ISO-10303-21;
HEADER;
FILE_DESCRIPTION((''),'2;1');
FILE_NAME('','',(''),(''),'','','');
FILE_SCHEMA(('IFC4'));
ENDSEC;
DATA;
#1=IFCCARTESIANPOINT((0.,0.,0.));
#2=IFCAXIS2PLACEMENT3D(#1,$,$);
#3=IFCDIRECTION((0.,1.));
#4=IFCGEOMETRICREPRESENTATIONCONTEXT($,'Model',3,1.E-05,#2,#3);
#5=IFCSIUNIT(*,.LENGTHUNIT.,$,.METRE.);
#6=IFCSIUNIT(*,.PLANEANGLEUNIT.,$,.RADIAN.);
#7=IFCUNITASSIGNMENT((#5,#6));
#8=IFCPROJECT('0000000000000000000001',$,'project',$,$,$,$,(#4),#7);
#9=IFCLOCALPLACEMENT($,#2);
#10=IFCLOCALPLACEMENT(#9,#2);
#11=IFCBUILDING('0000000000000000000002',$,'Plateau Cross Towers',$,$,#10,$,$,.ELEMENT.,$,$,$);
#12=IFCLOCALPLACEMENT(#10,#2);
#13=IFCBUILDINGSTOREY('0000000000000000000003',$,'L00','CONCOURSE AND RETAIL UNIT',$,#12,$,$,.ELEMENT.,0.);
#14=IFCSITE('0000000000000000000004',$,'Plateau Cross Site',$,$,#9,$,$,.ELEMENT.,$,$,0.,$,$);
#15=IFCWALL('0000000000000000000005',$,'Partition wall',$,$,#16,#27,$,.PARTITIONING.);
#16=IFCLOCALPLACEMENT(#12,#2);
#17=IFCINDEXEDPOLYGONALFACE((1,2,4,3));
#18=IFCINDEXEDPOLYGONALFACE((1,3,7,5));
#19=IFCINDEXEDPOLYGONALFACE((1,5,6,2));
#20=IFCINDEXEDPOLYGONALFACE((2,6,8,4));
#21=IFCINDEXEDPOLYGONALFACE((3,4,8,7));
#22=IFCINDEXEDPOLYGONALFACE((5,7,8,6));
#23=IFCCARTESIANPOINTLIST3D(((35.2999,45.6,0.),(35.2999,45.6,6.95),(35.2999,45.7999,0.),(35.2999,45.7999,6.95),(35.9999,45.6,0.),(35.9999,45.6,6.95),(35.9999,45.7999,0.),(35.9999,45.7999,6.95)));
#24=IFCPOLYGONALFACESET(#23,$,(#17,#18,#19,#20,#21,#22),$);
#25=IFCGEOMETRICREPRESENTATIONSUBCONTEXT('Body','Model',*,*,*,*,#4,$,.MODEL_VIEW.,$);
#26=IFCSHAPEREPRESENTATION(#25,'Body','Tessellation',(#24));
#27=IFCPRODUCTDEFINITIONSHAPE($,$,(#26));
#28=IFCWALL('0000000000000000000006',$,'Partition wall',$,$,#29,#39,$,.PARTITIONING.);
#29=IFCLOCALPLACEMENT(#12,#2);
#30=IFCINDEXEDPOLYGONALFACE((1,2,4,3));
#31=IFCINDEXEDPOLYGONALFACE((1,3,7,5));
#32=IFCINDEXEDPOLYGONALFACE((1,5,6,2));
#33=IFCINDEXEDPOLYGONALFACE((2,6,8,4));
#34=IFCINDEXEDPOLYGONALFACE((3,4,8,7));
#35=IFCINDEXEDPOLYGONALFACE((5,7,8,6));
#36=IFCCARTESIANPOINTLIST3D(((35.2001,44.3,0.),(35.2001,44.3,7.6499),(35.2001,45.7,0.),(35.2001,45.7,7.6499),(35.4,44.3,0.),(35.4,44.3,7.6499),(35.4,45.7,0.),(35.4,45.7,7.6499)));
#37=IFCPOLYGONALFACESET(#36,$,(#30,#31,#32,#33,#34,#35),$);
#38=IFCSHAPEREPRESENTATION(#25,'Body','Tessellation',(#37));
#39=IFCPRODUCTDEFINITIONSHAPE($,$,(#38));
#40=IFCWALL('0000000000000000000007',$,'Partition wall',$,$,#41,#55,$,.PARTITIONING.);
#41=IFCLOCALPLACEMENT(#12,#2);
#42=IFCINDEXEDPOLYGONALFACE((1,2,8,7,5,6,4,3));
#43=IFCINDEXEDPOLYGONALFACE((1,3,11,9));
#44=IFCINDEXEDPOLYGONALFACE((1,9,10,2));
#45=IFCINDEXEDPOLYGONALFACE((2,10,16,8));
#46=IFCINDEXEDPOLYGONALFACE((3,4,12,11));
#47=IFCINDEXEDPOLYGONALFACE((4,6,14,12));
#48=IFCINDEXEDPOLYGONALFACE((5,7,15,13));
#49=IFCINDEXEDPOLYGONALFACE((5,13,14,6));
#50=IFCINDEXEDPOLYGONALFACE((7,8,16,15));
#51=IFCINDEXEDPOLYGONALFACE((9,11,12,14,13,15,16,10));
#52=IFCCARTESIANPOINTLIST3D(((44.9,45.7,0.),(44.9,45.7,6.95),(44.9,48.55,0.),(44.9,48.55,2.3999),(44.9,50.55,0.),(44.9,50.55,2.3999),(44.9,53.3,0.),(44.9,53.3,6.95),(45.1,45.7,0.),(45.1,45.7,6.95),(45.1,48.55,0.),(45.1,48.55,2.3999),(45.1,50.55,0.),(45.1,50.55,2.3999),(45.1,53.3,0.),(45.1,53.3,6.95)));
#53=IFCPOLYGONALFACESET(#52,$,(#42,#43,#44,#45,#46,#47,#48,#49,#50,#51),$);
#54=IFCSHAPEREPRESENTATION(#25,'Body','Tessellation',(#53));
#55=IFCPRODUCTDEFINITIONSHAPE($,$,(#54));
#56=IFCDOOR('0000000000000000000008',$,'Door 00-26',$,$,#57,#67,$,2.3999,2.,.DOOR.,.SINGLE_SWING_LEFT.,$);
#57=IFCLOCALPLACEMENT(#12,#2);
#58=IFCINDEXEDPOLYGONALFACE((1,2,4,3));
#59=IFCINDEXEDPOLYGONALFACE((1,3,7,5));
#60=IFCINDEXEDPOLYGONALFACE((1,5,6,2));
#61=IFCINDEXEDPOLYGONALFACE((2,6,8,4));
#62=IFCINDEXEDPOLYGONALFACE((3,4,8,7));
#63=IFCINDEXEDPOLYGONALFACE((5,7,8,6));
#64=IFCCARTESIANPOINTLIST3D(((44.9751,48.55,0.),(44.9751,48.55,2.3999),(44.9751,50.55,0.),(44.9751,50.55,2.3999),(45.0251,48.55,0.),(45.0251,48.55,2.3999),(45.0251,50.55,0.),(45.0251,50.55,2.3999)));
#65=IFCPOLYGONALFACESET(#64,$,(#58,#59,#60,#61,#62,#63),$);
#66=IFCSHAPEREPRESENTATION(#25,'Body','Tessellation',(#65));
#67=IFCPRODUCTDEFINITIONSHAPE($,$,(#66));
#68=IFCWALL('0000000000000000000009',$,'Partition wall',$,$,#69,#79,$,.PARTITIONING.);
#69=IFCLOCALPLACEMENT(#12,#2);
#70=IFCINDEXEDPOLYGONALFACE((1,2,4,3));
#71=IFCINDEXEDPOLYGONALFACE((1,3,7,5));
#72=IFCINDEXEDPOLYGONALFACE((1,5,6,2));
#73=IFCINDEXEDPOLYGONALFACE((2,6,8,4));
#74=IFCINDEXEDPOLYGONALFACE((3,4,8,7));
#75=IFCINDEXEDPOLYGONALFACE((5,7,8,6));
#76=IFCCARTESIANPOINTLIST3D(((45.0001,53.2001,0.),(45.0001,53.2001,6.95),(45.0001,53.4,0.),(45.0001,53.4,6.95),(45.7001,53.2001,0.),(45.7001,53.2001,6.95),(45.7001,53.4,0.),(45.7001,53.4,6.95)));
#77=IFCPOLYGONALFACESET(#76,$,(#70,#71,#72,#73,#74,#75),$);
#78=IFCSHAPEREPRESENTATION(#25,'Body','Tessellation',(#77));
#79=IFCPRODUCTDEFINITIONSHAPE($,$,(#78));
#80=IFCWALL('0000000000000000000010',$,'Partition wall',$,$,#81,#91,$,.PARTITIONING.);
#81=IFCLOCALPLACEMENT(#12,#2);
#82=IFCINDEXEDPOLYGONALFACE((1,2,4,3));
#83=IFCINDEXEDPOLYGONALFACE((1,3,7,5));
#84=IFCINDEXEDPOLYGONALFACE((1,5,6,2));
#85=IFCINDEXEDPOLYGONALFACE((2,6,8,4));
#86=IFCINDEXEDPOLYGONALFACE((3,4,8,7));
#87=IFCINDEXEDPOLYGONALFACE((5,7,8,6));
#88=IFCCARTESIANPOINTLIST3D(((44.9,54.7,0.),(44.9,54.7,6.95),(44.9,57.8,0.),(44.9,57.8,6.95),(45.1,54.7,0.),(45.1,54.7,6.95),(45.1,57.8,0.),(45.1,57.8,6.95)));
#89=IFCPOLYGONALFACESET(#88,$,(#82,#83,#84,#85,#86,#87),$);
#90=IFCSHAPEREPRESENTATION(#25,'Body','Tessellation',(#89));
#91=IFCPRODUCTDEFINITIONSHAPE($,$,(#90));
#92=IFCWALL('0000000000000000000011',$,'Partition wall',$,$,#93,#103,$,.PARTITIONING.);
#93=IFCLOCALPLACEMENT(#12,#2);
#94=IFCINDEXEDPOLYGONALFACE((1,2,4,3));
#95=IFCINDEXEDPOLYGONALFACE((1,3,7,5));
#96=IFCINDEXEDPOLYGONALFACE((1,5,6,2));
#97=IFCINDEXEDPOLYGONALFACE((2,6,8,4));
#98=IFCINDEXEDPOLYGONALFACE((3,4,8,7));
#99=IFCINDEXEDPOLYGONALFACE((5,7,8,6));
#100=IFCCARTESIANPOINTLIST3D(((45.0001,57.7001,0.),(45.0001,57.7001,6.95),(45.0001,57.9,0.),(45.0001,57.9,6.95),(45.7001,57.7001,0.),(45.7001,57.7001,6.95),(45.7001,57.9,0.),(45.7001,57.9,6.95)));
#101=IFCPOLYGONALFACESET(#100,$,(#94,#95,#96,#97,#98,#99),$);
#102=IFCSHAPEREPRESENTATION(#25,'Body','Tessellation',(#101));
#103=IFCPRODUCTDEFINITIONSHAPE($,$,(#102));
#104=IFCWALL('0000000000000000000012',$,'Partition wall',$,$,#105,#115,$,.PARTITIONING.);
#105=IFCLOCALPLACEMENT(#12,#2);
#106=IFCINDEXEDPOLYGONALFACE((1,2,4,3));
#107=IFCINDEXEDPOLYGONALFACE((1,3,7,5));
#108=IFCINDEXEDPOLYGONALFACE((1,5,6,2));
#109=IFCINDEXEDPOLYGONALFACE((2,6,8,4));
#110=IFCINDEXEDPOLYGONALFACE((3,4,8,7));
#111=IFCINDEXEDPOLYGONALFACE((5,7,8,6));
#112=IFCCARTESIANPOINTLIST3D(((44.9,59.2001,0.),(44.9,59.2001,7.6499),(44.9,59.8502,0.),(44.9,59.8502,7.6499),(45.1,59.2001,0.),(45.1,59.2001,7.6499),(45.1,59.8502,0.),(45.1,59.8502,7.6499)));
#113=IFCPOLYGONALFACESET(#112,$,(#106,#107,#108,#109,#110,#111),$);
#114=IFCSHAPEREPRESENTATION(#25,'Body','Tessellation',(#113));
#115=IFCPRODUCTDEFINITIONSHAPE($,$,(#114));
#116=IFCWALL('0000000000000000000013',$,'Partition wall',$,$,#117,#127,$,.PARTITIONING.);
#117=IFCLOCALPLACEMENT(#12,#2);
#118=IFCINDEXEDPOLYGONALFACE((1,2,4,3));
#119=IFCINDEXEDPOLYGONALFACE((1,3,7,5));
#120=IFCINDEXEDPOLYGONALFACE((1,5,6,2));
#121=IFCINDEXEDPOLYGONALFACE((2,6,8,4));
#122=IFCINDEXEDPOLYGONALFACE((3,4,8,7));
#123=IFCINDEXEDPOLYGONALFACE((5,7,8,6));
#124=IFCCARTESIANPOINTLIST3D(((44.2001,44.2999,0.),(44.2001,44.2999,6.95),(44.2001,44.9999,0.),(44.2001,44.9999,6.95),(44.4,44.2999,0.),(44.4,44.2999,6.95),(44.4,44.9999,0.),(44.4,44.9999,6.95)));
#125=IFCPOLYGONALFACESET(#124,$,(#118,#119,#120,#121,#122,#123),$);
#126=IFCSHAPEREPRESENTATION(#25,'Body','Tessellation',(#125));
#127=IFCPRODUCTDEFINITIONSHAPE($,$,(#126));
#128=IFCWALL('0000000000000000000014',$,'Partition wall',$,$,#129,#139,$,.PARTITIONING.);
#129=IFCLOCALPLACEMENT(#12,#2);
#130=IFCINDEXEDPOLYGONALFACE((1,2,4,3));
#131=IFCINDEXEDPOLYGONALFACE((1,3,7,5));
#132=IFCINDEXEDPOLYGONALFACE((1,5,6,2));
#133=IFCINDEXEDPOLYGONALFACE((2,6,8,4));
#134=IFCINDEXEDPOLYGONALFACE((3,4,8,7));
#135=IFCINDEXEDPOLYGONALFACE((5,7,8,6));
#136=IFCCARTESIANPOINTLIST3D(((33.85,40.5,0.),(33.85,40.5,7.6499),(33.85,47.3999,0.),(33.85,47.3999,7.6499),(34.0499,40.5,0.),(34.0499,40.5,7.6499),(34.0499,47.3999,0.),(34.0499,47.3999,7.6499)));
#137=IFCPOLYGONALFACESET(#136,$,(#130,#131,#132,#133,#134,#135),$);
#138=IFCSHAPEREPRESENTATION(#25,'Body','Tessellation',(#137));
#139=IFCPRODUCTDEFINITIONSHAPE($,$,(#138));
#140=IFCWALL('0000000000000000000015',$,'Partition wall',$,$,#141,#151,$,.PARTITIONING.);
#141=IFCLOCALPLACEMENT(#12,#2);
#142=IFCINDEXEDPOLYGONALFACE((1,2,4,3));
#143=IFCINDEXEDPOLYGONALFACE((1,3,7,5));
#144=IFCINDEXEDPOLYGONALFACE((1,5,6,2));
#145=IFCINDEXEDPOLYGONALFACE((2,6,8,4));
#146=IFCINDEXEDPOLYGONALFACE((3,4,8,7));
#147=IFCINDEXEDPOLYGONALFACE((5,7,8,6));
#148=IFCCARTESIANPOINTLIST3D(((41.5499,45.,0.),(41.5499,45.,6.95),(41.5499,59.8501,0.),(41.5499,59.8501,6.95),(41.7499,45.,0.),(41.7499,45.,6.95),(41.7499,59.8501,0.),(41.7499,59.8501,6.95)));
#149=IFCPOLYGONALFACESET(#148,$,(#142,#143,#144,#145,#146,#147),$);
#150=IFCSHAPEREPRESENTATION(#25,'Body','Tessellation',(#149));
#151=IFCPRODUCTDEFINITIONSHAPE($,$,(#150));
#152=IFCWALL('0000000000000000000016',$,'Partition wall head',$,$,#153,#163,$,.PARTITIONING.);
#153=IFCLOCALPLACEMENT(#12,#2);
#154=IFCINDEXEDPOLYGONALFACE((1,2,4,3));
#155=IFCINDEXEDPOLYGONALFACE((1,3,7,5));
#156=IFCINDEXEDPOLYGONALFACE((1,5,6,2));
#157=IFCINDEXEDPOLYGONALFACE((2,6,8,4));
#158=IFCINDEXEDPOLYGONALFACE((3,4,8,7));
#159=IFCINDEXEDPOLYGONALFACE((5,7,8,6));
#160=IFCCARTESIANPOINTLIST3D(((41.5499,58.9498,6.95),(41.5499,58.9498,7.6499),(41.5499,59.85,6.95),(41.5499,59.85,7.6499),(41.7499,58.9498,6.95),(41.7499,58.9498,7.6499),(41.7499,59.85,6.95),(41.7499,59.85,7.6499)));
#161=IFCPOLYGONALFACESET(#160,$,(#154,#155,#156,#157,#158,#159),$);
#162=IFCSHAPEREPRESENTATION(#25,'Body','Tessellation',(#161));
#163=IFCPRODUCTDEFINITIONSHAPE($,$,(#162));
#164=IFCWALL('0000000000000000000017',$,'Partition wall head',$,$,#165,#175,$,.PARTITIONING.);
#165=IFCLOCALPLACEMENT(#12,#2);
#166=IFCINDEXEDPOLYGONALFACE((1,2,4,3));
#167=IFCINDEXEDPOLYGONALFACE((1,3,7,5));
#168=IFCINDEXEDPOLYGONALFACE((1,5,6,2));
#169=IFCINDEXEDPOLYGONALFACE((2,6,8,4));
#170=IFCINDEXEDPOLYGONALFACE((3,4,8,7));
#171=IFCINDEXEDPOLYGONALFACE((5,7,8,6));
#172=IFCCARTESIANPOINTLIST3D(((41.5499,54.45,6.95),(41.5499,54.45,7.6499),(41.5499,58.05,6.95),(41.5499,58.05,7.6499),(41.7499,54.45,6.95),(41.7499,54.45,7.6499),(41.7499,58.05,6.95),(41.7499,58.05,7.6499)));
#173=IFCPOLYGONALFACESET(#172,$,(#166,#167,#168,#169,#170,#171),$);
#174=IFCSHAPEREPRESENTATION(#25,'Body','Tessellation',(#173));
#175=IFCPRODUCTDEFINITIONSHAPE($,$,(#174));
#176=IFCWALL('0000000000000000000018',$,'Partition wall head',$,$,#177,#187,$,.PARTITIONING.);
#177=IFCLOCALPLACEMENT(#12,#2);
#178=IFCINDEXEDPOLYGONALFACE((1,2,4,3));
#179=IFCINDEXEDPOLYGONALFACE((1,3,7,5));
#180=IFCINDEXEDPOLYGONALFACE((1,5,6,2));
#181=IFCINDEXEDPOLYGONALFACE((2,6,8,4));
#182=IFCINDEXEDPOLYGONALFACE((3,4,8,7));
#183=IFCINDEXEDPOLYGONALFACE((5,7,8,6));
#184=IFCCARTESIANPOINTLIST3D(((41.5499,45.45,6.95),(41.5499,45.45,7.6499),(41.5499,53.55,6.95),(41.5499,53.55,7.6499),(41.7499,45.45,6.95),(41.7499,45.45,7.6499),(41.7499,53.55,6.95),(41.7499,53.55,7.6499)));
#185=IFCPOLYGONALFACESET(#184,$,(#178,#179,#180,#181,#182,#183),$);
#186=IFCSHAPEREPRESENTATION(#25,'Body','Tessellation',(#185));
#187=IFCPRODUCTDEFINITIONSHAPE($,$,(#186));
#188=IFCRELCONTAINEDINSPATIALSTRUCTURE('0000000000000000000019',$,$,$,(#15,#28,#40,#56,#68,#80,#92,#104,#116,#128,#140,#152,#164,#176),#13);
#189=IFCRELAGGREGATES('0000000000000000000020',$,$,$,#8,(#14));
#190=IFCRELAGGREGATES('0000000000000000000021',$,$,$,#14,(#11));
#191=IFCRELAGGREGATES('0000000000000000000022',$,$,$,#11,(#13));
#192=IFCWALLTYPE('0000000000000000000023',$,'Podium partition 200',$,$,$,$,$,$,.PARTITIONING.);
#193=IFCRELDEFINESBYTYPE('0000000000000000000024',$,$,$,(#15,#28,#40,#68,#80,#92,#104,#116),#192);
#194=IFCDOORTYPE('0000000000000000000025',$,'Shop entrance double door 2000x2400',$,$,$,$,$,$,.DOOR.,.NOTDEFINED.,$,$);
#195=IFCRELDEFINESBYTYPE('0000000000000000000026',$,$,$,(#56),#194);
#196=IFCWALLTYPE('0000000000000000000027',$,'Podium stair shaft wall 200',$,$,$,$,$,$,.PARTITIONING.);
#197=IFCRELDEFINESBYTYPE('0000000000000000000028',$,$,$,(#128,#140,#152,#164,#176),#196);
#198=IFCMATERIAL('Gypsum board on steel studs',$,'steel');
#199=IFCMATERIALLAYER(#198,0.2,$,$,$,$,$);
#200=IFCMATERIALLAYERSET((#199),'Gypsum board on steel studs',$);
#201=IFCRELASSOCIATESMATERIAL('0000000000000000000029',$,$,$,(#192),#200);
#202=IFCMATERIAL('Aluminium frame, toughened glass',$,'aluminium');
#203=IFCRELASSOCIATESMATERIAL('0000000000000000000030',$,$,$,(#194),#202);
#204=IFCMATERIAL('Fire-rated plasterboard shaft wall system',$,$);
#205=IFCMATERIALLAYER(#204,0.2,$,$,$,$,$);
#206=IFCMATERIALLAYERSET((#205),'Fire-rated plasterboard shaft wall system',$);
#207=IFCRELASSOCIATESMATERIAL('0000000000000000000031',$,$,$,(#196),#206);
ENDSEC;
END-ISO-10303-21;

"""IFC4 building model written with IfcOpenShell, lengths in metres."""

from ifc_helpers import new_model, si_unit, direction, frame, frame_2d, origin, place, context, subcontext, project, spatial, rectangle, extrude, material, layer, layer_set, type_object, element, fill, save


model = new_model("IFC4")

# Units and contexts
model_context = context("Model", 3, precision=1e-05, world=origin(), true_north=direction((0.0, 1.0)))
body_context = subcontext(model_context, "Body", "Model", "MODEL_VIEW")
ifc_project = project(units=[si_unit("LENGTHUNIT", "METRE"), si_unit("PLANEANGLEUNIT", "RADIAN")], contexts=[model_context])

# Site, building, storey
site_placement = place(None, origin())
site = spatial("IfcSite", under=ifc_project, at=site_placement, Name="Plateau Cross Site", CompositionType="ELEMENT", RefElevation=0.0)
building_placement = place(site_placement, origin())
building = spatial("IfcBuilding", under=site, at=building_placement, Name="Plateau Cross Towers", CompositionType="ELEMENT")
storey_placement = place(building_placement, origin())
storey = spatial("IfcBuildingStorey", under=building, at=storey_placement, Name="L00", Description="CONCOURSE AND RETAIL UNIT", CompositionType="ELEMENT", Elevation=0.0)

# Shared definitions
ifc_material_1 = material(Name="Gypsum board on steel studs", Category="steel")
ifc_layer_1 = layer(ifc_material_1, 0.2)
ifc_layer_set_1 = layer_set([ifc_layer_1], Name="Gypsum board on steel studs")
wall_type_1 = type_object("IfcWallType", Name="Podium partition 200", PredefinedType="PARTITIONING", material=ifc_layer_set_1)

# Shared definitions
ifc_material_2 = material(Name="Aluminium frame, toughened glass", Category="aluminium")
door_type = type_object("IfcDoorType", Name="Shop entrance double door 2000x2400", OperationType="NOTDEFINED", PredefinedType="DOOR", material=ifc_material_2)

# Walls
wall_1_placement = place(storey_placement, frame((36.0, 45.7, 0.0), z_axis=(0.0, 0.0, 1.0), x_axis=(-1.0, 0.0, 0.0)))
element("IfcWall", 1, at=wall_1_placement, inside=storey, type_object=wall_type_1, Name="Partition wall", PredefinedType="PARTITIONING", context=body_context, shape_type="SweptSolid", body=[
    extrude(rectangle(XDim=0.7, YDim=0.2, at=frame_2d((0.3501, 0.0))), origin(), (0.0, 0.0, 1.0), 6.95),
])
wall_2_placement = place(storey_placement, frame((35.3, 45.7, 0.0), z_axis=(0.0, 0.0, 1.0), x_axis=(0.0, -1.0, 0.0)))
element("IfcWall", 2, at=wall_2_placement, inside=storey, type_object=wall_type_1, Name="Partition wall", PredefinedType="PARTITIONING", context=body_context, shape_type="SweptSolid", body=[
    extrude(rectangle(XDim=1.3999, YDim=0.2, at=frame_2d((0.7, 0.0))), origin(), (0.0, 0.0, 1.0), 7.6499),
])

# Wall, opening, door
wall_3_placement = place(storey_placement, frame((45.0, 45.7, 0.0), z_axis=(0.0, 0.0, 1.0), x_axis=(0.0, 1.0, 0.0)))
wall_3 = element("IfcWall", 3, at=wall_3_placement, inside=storey, type_object=wall_type_1, Name="Partition wall", PredefinedType="PARTITIONING", context=body_context, shape_type="SweptSolid", body=[
    extrude(rectangle(XDim=7.6001, YDim=0.2, at=frame_2d((3.8, 0.0))), origin(), (0.0, 0.0, 1.0), 6.95),
])
opening_1_placement = place(wall_3_placement, frame((2.8501, 0.0, 0.0)))
opening_1 = element("IfcOpeningElement", 4, at=opening_1_placement, cuts=wall_3, PredefinedType="OPENING", context=body_context, shape_type="SweptSolid", body=[
    extrude(rectangle(XDim=2.0, YDim=2.3999, at=frame_2d((1.0, 1.2))), frame((0.0, 0.1099, 0.0), z_axis=(0.0, -1.0, 0.0), x_axis=(1.0, 0.0, 0.0)), (0.0, 0.0, 1.0), 0.22),
])
door_1_placement = place(opening_1_placement, origin())
door_1 = element("IfcDoor", 5, at=door_1_placement, inside=storey, type_object=door_type, Name="Door 00-26", OperationType="SINGLE_SWING_LEFT", OverallHeight=2.3999, OverallWidth=2.0, PredefinedType="DOOR", context=body_context, shape_type="SweptSolid", body=[
    extrude(rectangle(XDim=2.0, YDim=2.3999, at=frame_2d((1.0, 1.2))), frame((0.0, 0.0249, 0.0), z_axis=(0.0, -1.0, 0.0), x_axis=(1.0, 0.0, 0.0)), (0.0, 0.0, 1.0), 0.05),
])
fill(opening_1, door_1)

# Walls
wall_4_placement = place(storey_placement, frame((45.0, 53.3, 0.0), z_axis=(0.0, 0.0, 1.0), x_axis=(1.0, 0.0, 0.0)))
element("IfcWall", 6, at=wall_4_placement, inside=storey, type_object=wall_type_1, Name="Partition wall", PredefinedType="PARTITIONING", context=body_context, shape_type="SweptSolid", body=[
    extrude(rectangle(XDim=0.7, YDim=0.2, at=frame_2d((0.3501, 0.0))), origin(), (0.0, 0.0, 1.0), 6.95),
])
wall_5_placement = place(storey_placement, frame((45.0, 54.7, 0.0), z_axis=(0.0, 0.0, 1.0), x_axis=(0.0, 1.0, 0.0)))
element("IfcWall", 7, at=wall_5_placement, inside=storey, type_object=wall_type_1, Name="Partition wall", PredefinedType="PARTITIONING", context=body_context, shape_type="SweptSolid", body=[
    extrude(rectangle(XDim=3.1001, YDim=0.2, at=frame_2d((1.55, 0.0))), origin(), (0.0, 0.0, 1.0), 6.95),
])
wall_6_placement = place(storey_placement, frame((45.0, 57.8, 0.0), z_axis=(0.0, 0.0, 1.0), x_axis=(1.0, 0.0, 0.0)))
element("IfcWall", 8, at=wall_6_placement, inside=storey, type_object=wall_type_1, Name="Partition wall", PredefinedType="PARTITIONING", context=body_context, shape_type="SweptSolid", body=[
    extrude(rectangle(XDim=0.7, YDim=0.2, at=frame_2d((0.3501, 0.0))), origin(), (0.0, 0.0, 1.0), 6.95),
])
wall_7_placement = place(storey_placement, frame((45.0, 59.2, 0.0), z_axis=(0.0, 0.0, 1.0), x_axis=(0.0, 1.0, 0.0)))
element("IfcWall", 9, at=wall_7_placement, inside=storey, type_object=wall_type_1, Name="Partition wall", PredefinedType="PARTITIONING", context=body_context, shape_type="SweptSolid", body=[
    extrude(rectangle(XDim=0.6501, YDim=0.2, at=frame_2d((0.3252, 0.0))), origin(), (0.0, 0.0, 1.0), 7.6499),
])
wall_8_placement = place(storey_placement, frame((44.3, 45.0, 0.0), z_axis=(0.0, 0.0, 1.0), x_axis=(0.0, -1.0, 0.0)))
element("IfcWall", 10, at=wall_8_placement, inside=storey, type_object=wall_type_1, Name="Partition wall", PredefinedType="PARTITIONING", context=body_context, shape_type="SweptSolid", body=[
    extrude(rectangle(XDim=0.7, YDim=0.2, at=frame_2d((0.3501, 0.0))), origin(), (0.0, 0.0, 1.0), 6.95),
])
ifc_material_3 = material(Name="Fire-rated plasterboard shaft wall system")
ifc_layer_2 = layer(ifc_material_3, 0.2)
ifc_layer_set_2 = layer_set([ifc_layer_2], Name="Fire-rated plasterboard shaft wall system")
wall_type_2 = type_object("IfcWallType", Name="Podium stair shaft wall 200", PredefinedType="PARTITIONING", material=ifc_layer_set_2)
wall_9_placement = place(storey_placement, frame((33.95, 47.3999, 0.0), z_axis=(0.0, 0.0, 1.0), x_axis=(0.0, -1.0, 0.0)))
element("IfcWall", 11, at=wall_9_placement, inside=storey, type_object=wall_type_2, Name="Partition wall", PredefinedType="PARTITIONING", context=body_context, shape_type="SweptSolid", body=[
    extrude(rectangle(XDim=6.8999, YDim=0.2, at=frame_2d((3.45, 0.0))), origin(), (0.0, 0.0, 1.0), 7.6499),
])
wall_10_placement = place(storey_placement, frame((41.6499, 59.8501, 0.0), z_axis=(0.0, 0.0, 1.0), x_axis=(0.0, -1.0, 0.0)))
element("IfcWall", 12, at=wall_10_placement, inside=storey, type_object=wall_type_2, Name="Partition wall", PredefinedType="PARTITIONING", context=body_context, shape_type="SweptSolid", body=[
    extrude(rectangle(XDim=14.8501, YDim=0.2, at=frame_2d((7.425, 0.0))), origin(), (0.0, 0.0, 1.0), 6.95),
])
wall_11_placement = place(storey_placement, frame((41.6499, 59.8501, 6.95), z_axis=(0.0, 0.0, 1.0), x_axis=(0.0, -1.0, 0.0)))
element("IfcWall", 13, at=wall_11_placement, inside=storey, type_object=wall_type_2, Name="Partition wall head", PredefinedType="PARTITIONING", context=body_context, shape_type="SweptSolid", body=[
    extrude(rectangle(XDim=0.9001, YDim=0.2, at=frame_2d((0.4502, 0.0))), origin(), (0.0, 0.0, 1.0), 0.7),
])
wall_12_placement = place(storey_placement, frame((41.6499, 58.05, 6.95), z_axis=(0.0, 0.0, 1.0), x_axis=(0.0, -1.0, 0.0)))
element("IfcWall", 14, at=wall_12_placement, inside=storey, type_object=wall_type_2, Name="Partition wall head", PredefinedType="PARTITIONING", context=body_context, shape_type="SweptSolid", body=[
    extrude(rectangle(XDim=3.6001, YDim=0.2, at=frame_2d((1.8, 0.0))), origin(), (0.0, 0.0, 1.0), 0.7),
])
for number, where, z_axis, x_axis, name in (
    (15, (41.6499, 53.55, 6.95), (0.0, 0.0, 1.0), (0.0, -1.0, 0.0), "Partition wall head"),
):
    element("IfcWall", number, at=place(storey_placement, frame(where, z_axis=z_axis, x_axis=x_axis)), inside=storey, type_object=wall_type_2, Name=name, PredefinedType="PARTITIONING", context=body_context, shape_type="SweptSolid", body=[
        extrude(rectangle(XDim=8.1001, YDim=0.2, at=frame_2d((4.05, 0.0))), origin(), (0.0, 0.0, 1.0), 0.7),
    ])

save(model, "model.ifc")
